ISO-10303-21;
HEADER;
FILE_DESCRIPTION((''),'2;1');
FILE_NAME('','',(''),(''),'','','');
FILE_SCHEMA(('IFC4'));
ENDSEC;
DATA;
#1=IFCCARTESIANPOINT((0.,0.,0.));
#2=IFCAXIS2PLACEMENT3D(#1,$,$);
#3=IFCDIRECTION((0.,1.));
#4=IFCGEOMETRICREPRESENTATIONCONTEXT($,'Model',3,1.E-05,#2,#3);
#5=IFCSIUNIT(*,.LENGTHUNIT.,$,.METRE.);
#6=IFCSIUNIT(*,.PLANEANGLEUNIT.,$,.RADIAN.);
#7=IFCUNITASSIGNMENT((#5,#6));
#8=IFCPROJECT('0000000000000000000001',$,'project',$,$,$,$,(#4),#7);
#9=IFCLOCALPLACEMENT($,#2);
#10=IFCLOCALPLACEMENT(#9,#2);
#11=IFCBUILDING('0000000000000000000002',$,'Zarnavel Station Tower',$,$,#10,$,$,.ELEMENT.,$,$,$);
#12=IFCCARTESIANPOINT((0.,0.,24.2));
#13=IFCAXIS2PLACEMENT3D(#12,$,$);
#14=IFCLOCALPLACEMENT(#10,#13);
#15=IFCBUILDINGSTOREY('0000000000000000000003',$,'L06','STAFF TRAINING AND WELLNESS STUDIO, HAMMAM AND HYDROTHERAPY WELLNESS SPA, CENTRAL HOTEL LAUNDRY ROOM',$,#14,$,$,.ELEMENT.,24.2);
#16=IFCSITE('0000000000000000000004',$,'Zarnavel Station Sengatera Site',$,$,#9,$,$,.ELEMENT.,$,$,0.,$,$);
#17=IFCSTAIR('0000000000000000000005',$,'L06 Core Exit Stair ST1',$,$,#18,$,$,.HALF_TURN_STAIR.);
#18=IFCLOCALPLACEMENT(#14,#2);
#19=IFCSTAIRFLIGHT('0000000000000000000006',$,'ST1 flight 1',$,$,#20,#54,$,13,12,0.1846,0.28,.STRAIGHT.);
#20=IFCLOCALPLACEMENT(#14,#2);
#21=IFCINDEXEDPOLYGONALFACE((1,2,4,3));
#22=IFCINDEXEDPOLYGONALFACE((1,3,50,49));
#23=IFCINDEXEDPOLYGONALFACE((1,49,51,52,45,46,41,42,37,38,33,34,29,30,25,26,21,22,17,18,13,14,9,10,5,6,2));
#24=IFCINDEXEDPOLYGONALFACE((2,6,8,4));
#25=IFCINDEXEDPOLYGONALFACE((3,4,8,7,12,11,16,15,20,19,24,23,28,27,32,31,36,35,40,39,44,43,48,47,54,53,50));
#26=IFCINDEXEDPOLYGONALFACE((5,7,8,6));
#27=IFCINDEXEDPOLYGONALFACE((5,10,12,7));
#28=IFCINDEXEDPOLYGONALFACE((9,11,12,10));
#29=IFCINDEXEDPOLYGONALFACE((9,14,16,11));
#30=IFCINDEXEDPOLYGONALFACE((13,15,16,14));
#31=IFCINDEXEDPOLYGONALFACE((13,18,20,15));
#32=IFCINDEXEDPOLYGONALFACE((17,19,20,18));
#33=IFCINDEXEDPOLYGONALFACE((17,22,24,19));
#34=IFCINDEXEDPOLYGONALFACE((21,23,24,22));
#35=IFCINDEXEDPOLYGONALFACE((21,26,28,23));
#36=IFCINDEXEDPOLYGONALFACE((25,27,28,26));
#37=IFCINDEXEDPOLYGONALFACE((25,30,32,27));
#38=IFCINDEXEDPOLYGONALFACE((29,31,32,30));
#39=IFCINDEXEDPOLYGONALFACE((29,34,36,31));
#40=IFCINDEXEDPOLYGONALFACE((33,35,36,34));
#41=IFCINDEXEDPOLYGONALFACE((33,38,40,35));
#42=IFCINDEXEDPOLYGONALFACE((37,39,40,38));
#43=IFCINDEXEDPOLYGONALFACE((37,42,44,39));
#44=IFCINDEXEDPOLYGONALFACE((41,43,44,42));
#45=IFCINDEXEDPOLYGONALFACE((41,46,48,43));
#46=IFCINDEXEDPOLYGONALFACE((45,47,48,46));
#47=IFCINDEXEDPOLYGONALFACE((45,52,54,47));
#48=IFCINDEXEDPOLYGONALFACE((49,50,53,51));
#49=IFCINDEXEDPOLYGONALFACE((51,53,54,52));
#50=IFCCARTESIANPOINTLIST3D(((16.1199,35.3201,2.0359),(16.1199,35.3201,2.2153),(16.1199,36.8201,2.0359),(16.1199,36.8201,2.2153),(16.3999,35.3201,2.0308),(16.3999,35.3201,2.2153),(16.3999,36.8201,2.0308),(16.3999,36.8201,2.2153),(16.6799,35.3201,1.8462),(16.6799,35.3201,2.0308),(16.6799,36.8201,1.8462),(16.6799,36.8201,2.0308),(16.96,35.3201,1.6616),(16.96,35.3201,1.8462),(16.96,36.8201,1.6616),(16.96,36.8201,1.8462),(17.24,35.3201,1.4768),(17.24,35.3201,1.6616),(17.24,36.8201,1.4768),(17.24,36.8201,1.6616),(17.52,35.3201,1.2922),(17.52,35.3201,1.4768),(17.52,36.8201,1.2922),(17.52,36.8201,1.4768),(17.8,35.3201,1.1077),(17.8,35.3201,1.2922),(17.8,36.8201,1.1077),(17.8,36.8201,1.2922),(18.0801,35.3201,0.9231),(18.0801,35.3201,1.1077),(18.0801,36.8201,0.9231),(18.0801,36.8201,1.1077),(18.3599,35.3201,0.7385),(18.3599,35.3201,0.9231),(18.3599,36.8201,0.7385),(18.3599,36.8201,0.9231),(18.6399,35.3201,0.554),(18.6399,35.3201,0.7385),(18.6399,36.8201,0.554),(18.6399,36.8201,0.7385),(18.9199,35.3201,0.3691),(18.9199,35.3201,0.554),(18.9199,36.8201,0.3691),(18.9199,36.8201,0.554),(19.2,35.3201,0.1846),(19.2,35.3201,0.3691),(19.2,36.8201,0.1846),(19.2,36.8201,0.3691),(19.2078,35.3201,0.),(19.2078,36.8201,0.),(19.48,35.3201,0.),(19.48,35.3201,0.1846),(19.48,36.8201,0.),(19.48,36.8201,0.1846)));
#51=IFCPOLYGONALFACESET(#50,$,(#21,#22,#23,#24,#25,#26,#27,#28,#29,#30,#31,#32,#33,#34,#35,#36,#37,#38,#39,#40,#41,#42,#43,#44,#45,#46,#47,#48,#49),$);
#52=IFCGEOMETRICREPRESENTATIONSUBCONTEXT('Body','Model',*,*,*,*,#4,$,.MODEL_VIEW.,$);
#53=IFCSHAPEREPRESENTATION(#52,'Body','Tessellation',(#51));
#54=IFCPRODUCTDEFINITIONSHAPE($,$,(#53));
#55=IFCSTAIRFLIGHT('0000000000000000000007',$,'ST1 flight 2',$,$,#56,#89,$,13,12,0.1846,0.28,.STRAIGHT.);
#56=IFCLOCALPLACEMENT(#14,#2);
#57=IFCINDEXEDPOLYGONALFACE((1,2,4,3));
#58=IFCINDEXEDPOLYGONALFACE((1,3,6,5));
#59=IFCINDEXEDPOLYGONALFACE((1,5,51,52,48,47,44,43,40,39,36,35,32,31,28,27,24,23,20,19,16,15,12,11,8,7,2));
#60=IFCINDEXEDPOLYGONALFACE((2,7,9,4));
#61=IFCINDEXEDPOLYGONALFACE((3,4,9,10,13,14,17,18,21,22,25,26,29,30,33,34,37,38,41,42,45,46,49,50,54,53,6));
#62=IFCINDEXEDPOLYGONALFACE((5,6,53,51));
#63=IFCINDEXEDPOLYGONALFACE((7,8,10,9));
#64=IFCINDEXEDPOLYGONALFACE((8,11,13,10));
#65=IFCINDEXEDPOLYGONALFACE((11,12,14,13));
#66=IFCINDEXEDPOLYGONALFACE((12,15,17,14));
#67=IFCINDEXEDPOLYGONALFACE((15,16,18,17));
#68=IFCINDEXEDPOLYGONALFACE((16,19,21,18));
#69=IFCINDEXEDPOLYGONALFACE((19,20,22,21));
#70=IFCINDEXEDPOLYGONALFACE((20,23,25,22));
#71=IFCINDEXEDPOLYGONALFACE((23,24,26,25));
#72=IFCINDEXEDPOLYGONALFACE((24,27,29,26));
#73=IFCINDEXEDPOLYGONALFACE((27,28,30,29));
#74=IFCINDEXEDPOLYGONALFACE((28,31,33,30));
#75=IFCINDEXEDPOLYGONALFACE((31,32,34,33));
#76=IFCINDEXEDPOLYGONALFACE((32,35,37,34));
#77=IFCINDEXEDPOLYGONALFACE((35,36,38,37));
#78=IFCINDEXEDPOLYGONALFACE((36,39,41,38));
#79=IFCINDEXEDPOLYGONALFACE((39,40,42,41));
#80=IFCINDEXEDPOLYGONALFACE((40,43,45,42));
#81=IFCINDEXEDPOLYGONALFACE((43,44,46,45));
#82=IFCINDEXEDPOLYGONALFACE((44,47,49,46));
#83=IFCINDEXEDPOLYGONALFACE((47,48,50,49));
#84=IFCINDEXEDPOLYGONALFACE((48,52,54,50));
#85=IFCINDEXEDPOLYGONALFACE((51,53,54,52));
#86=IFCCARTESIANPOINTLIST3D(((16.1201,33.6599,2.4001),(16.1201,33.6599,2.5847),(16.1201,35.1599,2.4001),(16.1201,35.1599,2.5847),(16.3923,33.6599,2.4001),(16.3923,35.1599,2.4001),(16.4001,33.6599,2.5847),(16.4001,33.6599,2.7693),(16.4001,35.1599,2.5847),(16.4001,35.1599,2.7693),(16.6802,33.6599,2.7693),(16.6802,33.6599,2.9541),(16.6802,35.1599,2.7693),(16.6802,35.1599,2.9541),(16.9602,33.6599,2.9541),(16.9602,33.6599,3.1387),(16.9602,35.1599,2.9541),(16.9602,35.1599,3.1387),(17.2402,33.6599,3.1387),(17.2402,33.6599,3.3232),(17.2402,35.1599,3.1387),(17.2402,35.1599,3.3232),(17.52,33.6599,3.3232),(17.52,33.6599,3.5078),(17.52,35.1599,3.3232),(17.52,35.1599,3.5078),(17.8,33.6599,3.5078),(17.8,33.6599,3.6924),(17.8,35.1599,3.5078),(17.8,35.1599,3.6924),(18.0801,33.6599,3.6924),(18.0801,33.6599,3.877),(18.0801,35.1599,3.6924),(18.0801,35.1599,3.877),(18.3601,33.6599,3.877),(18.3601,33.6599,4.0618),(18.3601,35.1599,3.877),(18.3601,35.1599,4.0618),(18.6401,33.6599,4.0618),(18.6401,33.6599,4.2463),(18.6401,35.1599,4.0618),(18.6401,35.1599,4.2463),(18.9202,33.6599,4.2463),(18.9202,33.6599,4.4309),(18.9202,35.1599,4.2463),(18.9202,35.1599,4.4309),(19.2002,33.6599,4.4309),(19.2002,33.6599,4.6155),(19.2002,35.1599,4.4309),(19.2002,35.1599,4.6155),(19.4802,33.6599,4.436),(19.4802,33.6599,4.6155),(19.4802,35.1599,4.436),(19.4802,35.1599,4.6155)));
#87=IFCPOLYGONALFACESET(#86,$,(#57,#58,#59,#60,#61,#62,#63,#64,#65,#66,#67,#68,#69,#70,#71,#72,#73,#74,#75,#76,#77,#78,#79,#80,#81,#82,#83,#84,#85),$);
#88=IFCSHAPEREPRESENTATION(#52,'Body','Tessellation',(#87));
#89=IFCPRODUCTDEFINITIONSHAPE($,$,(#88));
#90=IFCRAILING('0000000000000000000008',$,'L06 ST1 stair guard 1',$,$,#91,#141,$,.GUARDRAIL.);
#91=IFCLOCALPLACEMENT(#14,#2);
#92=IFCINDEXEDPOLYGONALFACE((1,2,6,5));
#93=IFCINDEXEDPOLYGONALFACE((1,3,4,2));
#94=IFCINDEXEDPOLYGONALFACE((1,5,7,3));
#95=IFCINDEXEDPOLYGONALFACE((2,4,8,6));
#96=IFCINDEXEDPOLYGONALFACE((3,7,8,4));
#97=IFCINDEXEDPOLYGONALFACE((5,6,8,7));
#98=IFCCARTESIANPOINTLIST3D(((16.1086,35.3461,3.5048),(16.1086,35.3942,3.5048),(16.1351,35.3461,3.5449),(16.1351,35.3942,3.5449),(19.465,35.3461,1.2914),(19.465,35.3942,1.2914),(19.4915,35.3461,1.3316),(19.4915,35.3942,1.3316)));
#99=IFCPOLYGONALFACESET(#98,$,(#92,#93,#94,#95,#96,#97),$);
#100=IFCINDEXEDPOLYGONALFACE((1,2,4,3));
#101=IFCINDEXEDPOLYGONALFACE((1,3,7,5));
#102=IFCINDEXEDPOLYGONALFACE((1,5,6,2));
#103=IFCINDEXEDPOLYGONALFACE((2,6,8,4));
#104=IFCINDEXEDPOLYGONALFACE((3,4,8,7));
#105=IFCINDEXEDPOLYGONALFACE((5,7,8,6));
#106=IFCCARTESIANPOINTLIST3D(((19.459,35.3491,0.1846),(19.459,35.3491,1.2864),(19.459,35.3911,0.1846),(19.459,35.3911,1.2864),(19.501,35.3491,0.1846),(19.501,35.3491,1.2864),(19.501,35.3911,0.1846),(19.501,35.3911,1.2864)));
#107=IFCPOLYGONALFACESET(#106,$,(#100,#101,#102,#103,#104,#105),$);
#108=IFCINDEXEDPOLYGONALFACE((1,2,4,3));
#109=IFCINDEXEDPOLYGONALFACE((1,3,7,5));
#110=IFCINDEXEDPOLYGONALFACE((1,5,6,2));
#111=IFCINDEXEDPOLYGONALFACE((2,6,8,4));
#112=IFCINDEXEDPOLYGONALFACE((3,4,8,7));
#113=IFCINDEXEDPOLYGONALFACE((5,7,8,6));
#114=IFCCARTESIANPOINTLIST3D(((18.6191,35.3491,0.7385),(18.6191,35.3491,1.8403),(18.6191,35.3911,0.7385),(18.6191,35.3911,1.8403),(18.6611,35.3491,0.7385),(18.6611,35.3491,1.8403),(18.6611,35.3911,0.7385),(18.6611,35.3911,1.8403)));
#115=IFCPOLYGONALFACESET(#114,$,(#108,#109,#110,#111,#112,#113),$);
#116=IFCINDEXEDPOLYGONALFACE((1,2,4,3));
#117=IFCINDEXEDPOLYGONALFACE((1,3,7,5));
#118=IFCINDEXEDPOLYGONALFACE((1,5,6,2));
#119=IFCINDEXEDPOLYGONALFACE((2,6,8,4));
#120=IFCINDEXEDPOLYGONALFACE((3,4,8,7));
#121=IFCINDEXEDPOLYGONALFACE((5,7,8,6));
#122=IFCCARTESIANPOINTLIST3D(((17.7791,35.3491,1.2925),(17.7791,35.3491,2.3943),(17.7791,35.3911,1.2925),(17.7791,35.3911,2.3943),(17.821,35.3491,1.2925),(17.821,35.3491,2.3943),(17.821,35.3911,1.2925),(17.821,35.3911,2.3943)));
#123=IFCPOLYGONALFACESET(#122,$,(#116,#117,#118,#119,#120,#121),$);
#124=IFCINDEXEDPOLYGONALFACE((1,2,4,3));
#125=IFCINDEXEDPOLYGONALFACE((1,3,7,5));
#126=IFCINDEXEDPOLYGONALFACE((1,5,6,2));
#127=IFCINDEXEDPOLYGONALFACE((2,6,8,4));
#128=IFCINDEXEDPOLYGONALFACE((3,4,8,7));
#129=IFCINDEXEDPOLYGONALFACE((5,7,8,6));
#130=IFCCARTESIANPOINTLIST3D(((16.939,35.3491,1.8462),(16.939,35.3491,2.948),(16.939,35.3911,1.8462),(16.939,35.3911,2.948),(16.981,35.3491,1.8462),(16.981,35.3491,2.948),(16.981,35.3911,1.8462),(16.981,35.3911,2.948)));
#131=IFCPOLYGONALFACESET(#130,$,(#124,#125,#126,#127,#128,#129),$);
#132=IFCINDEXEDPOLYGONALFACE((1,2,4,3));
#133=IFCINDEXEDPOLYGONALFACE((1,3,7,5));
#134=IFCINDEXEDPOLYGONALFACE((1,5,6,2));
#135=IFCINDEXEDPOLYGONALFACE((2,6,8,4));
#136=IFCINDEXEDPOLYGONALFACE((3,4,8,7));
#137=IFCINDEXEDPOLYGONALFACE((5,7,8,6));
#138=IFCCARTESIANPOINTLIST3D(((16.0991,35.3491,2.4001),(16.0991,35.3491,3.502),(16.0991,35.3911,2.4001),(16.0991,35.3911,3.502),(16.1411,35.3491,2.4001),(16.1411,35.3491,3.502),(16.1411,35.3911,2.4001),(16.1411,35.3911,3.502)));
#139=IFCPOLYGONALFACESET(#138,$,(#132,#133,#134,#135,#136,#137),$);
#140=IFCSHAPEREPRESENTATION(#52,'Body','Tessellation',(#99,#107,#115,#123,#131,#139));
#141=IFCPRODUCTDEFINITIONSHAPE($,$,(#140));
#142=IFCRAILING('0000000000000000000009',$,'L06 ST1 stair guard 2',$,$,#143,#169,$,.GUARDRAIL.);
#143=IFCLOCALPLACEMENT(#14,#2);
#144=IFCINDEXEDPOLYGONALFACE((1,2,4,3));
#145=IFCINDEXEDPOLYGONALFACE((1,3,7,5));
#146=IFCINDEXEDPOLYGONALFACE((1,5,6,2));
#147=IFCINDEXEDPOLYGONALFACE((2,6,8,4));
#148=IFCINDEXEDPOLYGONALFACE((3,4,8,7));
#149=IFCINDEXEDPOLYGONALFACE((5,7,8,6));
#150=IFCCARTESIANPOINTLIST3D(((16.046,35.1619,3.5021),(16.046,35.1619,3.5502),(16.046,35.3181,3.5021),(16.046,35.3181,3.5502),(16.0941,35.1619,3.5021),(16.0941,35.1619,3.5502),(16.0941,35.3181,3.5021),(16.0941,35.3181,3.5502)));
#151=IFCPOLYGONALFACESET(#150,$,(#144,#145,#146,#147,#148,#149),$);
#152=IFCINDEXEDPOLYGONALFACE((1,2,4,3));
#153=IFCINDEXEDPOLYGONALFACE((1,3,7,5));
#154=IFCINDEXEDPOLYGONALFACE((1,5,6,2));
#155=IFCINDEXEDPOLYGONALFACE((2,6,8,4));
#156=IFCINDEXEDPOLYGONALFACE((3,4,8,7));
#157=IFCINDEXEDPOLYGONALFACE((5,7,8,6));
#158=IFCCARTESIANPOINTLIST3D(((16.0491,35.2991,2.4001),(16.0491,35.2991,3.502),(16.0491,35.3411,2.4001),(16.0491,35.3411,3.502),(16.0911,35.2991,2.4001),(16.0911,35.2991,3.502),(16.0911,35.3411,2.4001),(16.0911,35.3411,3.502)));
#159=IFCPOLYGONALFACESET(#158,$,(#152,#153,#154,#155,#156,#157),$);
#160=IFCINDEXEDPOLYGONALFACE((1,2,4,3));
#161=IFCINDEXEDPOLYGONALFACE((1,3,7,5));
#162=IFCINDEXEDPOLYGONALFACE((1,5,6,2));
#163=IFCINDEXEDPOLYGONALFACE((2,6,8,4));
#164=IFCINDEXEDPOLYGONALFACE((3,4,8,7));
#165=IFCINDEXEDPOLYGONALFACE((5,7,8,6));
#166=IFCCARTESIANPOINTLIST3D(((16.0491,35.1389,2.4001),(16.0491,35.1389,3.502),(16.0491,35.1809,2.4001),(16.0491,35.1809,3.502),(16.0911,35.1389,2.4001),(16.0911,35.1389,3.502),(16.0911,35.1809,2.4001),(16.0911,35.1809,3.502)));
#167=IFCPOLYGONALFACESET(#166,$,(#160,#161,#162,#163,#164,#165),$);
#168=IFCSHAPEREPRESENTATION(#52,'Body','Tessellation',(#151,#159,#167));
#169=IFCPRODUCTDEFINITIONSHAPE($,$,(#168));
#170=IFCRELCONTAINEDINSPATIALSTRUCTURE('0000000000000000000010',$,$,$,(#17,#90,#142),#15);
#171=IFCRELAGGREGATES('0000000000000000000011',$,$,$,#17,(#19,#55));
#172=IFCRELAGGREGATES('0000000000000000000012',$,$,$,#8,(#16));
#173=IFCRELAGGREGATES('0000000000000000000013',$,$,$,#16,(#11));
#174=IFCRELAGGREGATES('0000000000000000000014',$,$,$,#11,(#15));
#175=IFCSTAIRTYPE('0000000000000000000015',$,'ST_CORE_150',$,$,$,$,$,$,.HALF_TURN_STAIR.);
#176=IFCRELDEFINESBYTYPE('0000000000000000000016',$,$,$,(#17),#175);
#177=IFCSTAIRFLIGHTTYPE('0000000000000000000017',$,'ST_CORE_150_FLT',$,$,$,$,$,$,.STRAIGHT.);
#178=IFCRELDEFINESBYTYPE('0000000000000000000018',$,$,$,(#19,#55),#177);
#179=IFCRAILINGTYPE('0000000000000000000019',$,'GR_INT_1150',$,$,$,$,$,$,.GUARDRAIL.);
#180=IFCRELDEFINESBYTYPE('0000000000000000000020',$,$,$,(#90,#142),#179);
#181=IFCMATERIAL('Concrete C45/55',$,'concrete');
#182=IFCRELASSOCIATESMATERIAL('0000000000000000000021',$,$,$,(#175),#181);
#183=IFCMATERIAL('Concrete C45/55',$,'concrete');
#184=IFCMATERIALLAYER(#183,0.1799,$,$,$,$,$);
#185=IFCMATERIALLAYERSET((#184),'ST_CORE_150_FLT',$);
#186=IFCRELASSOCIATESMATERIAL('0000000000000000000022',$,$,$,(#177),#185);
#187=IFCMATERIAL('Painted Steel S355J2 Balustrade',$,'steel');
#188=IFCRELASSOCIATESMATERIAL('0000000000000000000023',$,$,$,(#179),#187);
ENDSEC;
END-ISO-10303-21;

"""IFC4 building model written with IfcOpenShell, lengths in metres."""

from ifc_helpers import new_model, si_unit, direction, frame, origin, origin_2d, place, context, subcontext, project, spatial, polyline, rectangle, outline, extrude, material, layer, layer_set, type_object, element, aggregate, save


model = new_model("IFC4")

# Units and contexts
model_context = context("Model", 3, precision=1e-05, world=origin(), true_north=direction((0.0, 1.0)))
body_context = subcontext(model_context, "Body", "Model", "MODEL_VIEW")
ifc_project = project(units=[si_unit("LENGTHUNIT", "METRE"), si_unit("PLANEANGLEUNIT", "RADIAN")], contexts=[model_context])

# Site, building, storey
site_placement = place(None, origin())
site = spatial("IfcSite", under=ifc_project, at=site_placement, Name="Zarnavel Station Sengatera Site", CompositionType="ELEMENT", RefElevation=0.0)
building_placement = place(site_placement, origin())
building = spatial("IfcBuilding", under=site, at=building_placement, Name="Zarnavel Station Tower", CompositionType="ELEMENT")
storey_placement = place(building_placement, frame((0.0, 0.0, 24.2)))
storey = spatial("IfcBuildingStorey", under=building, at=storey_placement, Name="L06", Description="STAFF TRAINING AND WELLNESS STUDIO, HAMMAM AND HYDROTHERAPY WELLNESS SPA, CENTRAL HOTEL LAUNDRY ROOM", CompositionType="ELEMENT", Elevation=24.2)

# Stair, stair flights
ifc_material_1 = material(Name="Concrete C45/55", Category="concrete")
stair_type = type_object("IfcStairType", Name="ST_CORE_150", PredefinedType="HALF_TURN_STAIR", material=ifc_material_1)
stair_placement = place(storey_placement, origin())
stair = element("IfcStair", 1, at=stair_placement, inside=storey, type_object=stair_type, Name="L06 Core Exit Stair ST1", PredefinedType="HALF_TURN_STAIR")
ifc_material_2 = material(Name="Concrete C45/55", Category="concrete")
ifc_layer_1 = layer(ifc_material_2, 0.1799)
ifc_layer_set_1 = layer_set([ifc_layer_1], Name="ST_CORE_150_FLT")
stair_flight_type = type_object("IfcStairFlightType", Name="ST_CORE_150_FLT", PredefinedType="STRAIGHT", material=ifc_layer_set_1)
stair_flight_1_placement = place(storey_placement, frame((19.48, 36.0701, 0.0), z_axis=(0.0, 0.0, 1.0), x_axis=(-1.0, 0.0, 0.0)))
stair_flight_1 = element("IfcStairFlight", 2, at=stair_flight_1_placement, type_object=stair_flight_type, Name="ST1 flight 1", NumberOfRisers=13, NumberOfTreads=12, PredefinedType="STRAIGHT", RiserHeight=0.1846, TreadLength=0.28, context=body_context, shape_type="SweptSolid", body=[
    extrude(outline(polyline([(0.0, 0.0), (0.0, 0.1846), (0.28, 0.1846), (0.28, 0.3691), (0.5601, 0.3691), (0.5601, 0.554), (0.8401, 0.554), (0.8401, 0.7385), (1.1201, 0.7385), (1.1201, 0.9231), (1.3999, 0.9231), (1.3999, 1.1077), (1.6799, 1.1077), (1.6799, 1.2922), (1.96, 1.2922), (1.96, 1.4768), (2.24, 1.4768), (2.24, 1.6616), (2.52, 1.6616), (2.52, 1.8462), (2.8, 1.8462), (2.8, 2.0308), (3.0801, 2.0308), (3.0801, 2.2153), (3.3601, 2.2153), (3.3601, 2.3999), (3.3601, 2.0359), (0.2722, 0.0), (0.0, 0.0)])), frame((0.0, 0.75, 0.0), z_axis=(0.0, -1.0, 0.0), x_axis=(1.0, 0.0, 0.0)), (0.0, 0.0, 1.0), 1.5),
])
stair_flight_2_placement = place(storey_placement, frame((16.1201, 34.4099, 2.4001), z_axis=(0.0, 0.0, 1.0), x_axis=(1.0, 0.0, 0.0)))
stair_flight_2 = element("IfcStairFlight", 3, at=stair_flight_2_placement, type_object=stair_flight_type, Name="ST1 flight 2", NumberOfRisers=13, NumberOfTreads=12, PredefinedType="STRAIGHT", RiserHeight=0.1846, TreadLength=0.28, context=body_context, shape_type="SweptSolid", body=[
    extrude(outline(polyline([(0.0, 0.0), (0.0, 0.1846), (0.28, 0.1846), (0.28, 0.3691), (0.5601, 0.3691), (0.5601, 0.554), (0.8401, 0.554), (0.8401, 0.7385), (1.1201, 0.7385), (1.1201, 0.9231), (1.3999, 0.9231), (1.3999, 1.1077), (1.6799, 1.1077), (1.6799, 1.2922), (1.96, 1.2922), (1.96, 1.4768), (2.24, 1.4768), (2.24, 1.6616), (2.52, 1.6616), (2.52, 1.8462), (2.8, 1.8462), (2.8, 2.0308), (3.0801, 2.0308), (3.0801, 2.2153), (3.3601, 2.2153), (3.3601, 2.3999), (3.3601, 2.0359), (0.2722, 0.0), (0.0, 0.0)])), frame((0.0, 0.75, 0.0), z_axis=(0.0, -1.0, 0.0), x_axis=(1.0, 0.0, 0.0)), (0.0, 0.0, 1.0), 1.5),
])
aggregate(stair, [stair_flight_1, stair_flight_2])

# Railings
ifc_material_3 = material(Name="Painted Steel S355J2 Balustrade", Category="steel")
railing_type_1 = type_object("IfcRailingType", Name="GR_INT_1150", PredefinedType="GUARDRAIL", material=ifc_material_3)
railing_1_placement = place(storey_placement, frame((19.48, 35.3701, 0.1846)))
element("IfcRailing", 4, at=railing_1_placement, inside=storey, type_object=railing_type_1, Name="L06 ST1 stair guard 1", PredefinedType="GUARDRAIL", context=body_context, shape_type="SweptSolid", body=[
    extrude(rectangle(XDim=0.0481, YDim=0.0481, at=origin_2d()), frame((-0.0017, 0.0, 1.127), z_axis=(-0.83483, 0.0, 0.550508), x_axis=(0.0, -1.0, 0.0)), (0.0, 0.0, 1.0), 4.0205),
    extrude(rectangle(XDim=0.042, YDim=0.042, at=origin_2d()), origin(), (0.0, 0.0, 1.0), 1.1018),
    extrude(rectangle(XDim=0.042, YDim=0.042, at=origin_2d()), frame((-0.8398, 0.0, 0.554)), (0.0, 0.0, 1.0), 1.1018),
    extrude(rectangle(XDim=0.042, YDim=0.042, at=origin_2d()), frame((-1.6799, 0.0, 1.1079)), (0.0, 0.0, 1.0), 1.1018),
    extrude(rectangle(XDim=0.042, YDim=0.042, at=origin_2d()), frame((-2.52, 0.0, 1.6616)), (0.0, 0.0, 1.0), 1.1018),
    extrude(rectangle(XDim=0.042, YDim=0.042, at=origin_2d()), frame((-3.3599, 0.0, 2.2156)), (0.0, 0.0, 1.0), 1.1018),
])
railing_2_placement = place(storey_placement, frame((16.0701, 35.3201, 2.4001)))
element("IfcRailing", 5, at=railing_2_placement, inside=storey, type_object=railing_type_1, Name="L06 ST1 stair guard 2", PredefinedType="GUARDRAIL", context=body_context, shape_type="SweptSolid", body=[
    extrude(rectangle(XDim=0.0481, YDim=0.0481, at=origin_2d()), frame((0.0, -0.002, 1.126), z_axis=(0.0, -1.0, 0.0), x_axis=(1.0, 0.0, 0.0)), (0.0, 0.0, 1.0), 0.1562),
    extrude(rectangle(XDim=0.042, YDim=0.042, at=origin_2d()), origin(), (0.0, 0.0, 1.0), 1.1018),
    extrude(rectangle(XDim=0.042, YDim=0.042, at=origin_2d()), frame((0.0, -0.1602, 0.0)), (0.0, 0.0, 1.0), 1.1018),
])

save(model, "model.ifc")
